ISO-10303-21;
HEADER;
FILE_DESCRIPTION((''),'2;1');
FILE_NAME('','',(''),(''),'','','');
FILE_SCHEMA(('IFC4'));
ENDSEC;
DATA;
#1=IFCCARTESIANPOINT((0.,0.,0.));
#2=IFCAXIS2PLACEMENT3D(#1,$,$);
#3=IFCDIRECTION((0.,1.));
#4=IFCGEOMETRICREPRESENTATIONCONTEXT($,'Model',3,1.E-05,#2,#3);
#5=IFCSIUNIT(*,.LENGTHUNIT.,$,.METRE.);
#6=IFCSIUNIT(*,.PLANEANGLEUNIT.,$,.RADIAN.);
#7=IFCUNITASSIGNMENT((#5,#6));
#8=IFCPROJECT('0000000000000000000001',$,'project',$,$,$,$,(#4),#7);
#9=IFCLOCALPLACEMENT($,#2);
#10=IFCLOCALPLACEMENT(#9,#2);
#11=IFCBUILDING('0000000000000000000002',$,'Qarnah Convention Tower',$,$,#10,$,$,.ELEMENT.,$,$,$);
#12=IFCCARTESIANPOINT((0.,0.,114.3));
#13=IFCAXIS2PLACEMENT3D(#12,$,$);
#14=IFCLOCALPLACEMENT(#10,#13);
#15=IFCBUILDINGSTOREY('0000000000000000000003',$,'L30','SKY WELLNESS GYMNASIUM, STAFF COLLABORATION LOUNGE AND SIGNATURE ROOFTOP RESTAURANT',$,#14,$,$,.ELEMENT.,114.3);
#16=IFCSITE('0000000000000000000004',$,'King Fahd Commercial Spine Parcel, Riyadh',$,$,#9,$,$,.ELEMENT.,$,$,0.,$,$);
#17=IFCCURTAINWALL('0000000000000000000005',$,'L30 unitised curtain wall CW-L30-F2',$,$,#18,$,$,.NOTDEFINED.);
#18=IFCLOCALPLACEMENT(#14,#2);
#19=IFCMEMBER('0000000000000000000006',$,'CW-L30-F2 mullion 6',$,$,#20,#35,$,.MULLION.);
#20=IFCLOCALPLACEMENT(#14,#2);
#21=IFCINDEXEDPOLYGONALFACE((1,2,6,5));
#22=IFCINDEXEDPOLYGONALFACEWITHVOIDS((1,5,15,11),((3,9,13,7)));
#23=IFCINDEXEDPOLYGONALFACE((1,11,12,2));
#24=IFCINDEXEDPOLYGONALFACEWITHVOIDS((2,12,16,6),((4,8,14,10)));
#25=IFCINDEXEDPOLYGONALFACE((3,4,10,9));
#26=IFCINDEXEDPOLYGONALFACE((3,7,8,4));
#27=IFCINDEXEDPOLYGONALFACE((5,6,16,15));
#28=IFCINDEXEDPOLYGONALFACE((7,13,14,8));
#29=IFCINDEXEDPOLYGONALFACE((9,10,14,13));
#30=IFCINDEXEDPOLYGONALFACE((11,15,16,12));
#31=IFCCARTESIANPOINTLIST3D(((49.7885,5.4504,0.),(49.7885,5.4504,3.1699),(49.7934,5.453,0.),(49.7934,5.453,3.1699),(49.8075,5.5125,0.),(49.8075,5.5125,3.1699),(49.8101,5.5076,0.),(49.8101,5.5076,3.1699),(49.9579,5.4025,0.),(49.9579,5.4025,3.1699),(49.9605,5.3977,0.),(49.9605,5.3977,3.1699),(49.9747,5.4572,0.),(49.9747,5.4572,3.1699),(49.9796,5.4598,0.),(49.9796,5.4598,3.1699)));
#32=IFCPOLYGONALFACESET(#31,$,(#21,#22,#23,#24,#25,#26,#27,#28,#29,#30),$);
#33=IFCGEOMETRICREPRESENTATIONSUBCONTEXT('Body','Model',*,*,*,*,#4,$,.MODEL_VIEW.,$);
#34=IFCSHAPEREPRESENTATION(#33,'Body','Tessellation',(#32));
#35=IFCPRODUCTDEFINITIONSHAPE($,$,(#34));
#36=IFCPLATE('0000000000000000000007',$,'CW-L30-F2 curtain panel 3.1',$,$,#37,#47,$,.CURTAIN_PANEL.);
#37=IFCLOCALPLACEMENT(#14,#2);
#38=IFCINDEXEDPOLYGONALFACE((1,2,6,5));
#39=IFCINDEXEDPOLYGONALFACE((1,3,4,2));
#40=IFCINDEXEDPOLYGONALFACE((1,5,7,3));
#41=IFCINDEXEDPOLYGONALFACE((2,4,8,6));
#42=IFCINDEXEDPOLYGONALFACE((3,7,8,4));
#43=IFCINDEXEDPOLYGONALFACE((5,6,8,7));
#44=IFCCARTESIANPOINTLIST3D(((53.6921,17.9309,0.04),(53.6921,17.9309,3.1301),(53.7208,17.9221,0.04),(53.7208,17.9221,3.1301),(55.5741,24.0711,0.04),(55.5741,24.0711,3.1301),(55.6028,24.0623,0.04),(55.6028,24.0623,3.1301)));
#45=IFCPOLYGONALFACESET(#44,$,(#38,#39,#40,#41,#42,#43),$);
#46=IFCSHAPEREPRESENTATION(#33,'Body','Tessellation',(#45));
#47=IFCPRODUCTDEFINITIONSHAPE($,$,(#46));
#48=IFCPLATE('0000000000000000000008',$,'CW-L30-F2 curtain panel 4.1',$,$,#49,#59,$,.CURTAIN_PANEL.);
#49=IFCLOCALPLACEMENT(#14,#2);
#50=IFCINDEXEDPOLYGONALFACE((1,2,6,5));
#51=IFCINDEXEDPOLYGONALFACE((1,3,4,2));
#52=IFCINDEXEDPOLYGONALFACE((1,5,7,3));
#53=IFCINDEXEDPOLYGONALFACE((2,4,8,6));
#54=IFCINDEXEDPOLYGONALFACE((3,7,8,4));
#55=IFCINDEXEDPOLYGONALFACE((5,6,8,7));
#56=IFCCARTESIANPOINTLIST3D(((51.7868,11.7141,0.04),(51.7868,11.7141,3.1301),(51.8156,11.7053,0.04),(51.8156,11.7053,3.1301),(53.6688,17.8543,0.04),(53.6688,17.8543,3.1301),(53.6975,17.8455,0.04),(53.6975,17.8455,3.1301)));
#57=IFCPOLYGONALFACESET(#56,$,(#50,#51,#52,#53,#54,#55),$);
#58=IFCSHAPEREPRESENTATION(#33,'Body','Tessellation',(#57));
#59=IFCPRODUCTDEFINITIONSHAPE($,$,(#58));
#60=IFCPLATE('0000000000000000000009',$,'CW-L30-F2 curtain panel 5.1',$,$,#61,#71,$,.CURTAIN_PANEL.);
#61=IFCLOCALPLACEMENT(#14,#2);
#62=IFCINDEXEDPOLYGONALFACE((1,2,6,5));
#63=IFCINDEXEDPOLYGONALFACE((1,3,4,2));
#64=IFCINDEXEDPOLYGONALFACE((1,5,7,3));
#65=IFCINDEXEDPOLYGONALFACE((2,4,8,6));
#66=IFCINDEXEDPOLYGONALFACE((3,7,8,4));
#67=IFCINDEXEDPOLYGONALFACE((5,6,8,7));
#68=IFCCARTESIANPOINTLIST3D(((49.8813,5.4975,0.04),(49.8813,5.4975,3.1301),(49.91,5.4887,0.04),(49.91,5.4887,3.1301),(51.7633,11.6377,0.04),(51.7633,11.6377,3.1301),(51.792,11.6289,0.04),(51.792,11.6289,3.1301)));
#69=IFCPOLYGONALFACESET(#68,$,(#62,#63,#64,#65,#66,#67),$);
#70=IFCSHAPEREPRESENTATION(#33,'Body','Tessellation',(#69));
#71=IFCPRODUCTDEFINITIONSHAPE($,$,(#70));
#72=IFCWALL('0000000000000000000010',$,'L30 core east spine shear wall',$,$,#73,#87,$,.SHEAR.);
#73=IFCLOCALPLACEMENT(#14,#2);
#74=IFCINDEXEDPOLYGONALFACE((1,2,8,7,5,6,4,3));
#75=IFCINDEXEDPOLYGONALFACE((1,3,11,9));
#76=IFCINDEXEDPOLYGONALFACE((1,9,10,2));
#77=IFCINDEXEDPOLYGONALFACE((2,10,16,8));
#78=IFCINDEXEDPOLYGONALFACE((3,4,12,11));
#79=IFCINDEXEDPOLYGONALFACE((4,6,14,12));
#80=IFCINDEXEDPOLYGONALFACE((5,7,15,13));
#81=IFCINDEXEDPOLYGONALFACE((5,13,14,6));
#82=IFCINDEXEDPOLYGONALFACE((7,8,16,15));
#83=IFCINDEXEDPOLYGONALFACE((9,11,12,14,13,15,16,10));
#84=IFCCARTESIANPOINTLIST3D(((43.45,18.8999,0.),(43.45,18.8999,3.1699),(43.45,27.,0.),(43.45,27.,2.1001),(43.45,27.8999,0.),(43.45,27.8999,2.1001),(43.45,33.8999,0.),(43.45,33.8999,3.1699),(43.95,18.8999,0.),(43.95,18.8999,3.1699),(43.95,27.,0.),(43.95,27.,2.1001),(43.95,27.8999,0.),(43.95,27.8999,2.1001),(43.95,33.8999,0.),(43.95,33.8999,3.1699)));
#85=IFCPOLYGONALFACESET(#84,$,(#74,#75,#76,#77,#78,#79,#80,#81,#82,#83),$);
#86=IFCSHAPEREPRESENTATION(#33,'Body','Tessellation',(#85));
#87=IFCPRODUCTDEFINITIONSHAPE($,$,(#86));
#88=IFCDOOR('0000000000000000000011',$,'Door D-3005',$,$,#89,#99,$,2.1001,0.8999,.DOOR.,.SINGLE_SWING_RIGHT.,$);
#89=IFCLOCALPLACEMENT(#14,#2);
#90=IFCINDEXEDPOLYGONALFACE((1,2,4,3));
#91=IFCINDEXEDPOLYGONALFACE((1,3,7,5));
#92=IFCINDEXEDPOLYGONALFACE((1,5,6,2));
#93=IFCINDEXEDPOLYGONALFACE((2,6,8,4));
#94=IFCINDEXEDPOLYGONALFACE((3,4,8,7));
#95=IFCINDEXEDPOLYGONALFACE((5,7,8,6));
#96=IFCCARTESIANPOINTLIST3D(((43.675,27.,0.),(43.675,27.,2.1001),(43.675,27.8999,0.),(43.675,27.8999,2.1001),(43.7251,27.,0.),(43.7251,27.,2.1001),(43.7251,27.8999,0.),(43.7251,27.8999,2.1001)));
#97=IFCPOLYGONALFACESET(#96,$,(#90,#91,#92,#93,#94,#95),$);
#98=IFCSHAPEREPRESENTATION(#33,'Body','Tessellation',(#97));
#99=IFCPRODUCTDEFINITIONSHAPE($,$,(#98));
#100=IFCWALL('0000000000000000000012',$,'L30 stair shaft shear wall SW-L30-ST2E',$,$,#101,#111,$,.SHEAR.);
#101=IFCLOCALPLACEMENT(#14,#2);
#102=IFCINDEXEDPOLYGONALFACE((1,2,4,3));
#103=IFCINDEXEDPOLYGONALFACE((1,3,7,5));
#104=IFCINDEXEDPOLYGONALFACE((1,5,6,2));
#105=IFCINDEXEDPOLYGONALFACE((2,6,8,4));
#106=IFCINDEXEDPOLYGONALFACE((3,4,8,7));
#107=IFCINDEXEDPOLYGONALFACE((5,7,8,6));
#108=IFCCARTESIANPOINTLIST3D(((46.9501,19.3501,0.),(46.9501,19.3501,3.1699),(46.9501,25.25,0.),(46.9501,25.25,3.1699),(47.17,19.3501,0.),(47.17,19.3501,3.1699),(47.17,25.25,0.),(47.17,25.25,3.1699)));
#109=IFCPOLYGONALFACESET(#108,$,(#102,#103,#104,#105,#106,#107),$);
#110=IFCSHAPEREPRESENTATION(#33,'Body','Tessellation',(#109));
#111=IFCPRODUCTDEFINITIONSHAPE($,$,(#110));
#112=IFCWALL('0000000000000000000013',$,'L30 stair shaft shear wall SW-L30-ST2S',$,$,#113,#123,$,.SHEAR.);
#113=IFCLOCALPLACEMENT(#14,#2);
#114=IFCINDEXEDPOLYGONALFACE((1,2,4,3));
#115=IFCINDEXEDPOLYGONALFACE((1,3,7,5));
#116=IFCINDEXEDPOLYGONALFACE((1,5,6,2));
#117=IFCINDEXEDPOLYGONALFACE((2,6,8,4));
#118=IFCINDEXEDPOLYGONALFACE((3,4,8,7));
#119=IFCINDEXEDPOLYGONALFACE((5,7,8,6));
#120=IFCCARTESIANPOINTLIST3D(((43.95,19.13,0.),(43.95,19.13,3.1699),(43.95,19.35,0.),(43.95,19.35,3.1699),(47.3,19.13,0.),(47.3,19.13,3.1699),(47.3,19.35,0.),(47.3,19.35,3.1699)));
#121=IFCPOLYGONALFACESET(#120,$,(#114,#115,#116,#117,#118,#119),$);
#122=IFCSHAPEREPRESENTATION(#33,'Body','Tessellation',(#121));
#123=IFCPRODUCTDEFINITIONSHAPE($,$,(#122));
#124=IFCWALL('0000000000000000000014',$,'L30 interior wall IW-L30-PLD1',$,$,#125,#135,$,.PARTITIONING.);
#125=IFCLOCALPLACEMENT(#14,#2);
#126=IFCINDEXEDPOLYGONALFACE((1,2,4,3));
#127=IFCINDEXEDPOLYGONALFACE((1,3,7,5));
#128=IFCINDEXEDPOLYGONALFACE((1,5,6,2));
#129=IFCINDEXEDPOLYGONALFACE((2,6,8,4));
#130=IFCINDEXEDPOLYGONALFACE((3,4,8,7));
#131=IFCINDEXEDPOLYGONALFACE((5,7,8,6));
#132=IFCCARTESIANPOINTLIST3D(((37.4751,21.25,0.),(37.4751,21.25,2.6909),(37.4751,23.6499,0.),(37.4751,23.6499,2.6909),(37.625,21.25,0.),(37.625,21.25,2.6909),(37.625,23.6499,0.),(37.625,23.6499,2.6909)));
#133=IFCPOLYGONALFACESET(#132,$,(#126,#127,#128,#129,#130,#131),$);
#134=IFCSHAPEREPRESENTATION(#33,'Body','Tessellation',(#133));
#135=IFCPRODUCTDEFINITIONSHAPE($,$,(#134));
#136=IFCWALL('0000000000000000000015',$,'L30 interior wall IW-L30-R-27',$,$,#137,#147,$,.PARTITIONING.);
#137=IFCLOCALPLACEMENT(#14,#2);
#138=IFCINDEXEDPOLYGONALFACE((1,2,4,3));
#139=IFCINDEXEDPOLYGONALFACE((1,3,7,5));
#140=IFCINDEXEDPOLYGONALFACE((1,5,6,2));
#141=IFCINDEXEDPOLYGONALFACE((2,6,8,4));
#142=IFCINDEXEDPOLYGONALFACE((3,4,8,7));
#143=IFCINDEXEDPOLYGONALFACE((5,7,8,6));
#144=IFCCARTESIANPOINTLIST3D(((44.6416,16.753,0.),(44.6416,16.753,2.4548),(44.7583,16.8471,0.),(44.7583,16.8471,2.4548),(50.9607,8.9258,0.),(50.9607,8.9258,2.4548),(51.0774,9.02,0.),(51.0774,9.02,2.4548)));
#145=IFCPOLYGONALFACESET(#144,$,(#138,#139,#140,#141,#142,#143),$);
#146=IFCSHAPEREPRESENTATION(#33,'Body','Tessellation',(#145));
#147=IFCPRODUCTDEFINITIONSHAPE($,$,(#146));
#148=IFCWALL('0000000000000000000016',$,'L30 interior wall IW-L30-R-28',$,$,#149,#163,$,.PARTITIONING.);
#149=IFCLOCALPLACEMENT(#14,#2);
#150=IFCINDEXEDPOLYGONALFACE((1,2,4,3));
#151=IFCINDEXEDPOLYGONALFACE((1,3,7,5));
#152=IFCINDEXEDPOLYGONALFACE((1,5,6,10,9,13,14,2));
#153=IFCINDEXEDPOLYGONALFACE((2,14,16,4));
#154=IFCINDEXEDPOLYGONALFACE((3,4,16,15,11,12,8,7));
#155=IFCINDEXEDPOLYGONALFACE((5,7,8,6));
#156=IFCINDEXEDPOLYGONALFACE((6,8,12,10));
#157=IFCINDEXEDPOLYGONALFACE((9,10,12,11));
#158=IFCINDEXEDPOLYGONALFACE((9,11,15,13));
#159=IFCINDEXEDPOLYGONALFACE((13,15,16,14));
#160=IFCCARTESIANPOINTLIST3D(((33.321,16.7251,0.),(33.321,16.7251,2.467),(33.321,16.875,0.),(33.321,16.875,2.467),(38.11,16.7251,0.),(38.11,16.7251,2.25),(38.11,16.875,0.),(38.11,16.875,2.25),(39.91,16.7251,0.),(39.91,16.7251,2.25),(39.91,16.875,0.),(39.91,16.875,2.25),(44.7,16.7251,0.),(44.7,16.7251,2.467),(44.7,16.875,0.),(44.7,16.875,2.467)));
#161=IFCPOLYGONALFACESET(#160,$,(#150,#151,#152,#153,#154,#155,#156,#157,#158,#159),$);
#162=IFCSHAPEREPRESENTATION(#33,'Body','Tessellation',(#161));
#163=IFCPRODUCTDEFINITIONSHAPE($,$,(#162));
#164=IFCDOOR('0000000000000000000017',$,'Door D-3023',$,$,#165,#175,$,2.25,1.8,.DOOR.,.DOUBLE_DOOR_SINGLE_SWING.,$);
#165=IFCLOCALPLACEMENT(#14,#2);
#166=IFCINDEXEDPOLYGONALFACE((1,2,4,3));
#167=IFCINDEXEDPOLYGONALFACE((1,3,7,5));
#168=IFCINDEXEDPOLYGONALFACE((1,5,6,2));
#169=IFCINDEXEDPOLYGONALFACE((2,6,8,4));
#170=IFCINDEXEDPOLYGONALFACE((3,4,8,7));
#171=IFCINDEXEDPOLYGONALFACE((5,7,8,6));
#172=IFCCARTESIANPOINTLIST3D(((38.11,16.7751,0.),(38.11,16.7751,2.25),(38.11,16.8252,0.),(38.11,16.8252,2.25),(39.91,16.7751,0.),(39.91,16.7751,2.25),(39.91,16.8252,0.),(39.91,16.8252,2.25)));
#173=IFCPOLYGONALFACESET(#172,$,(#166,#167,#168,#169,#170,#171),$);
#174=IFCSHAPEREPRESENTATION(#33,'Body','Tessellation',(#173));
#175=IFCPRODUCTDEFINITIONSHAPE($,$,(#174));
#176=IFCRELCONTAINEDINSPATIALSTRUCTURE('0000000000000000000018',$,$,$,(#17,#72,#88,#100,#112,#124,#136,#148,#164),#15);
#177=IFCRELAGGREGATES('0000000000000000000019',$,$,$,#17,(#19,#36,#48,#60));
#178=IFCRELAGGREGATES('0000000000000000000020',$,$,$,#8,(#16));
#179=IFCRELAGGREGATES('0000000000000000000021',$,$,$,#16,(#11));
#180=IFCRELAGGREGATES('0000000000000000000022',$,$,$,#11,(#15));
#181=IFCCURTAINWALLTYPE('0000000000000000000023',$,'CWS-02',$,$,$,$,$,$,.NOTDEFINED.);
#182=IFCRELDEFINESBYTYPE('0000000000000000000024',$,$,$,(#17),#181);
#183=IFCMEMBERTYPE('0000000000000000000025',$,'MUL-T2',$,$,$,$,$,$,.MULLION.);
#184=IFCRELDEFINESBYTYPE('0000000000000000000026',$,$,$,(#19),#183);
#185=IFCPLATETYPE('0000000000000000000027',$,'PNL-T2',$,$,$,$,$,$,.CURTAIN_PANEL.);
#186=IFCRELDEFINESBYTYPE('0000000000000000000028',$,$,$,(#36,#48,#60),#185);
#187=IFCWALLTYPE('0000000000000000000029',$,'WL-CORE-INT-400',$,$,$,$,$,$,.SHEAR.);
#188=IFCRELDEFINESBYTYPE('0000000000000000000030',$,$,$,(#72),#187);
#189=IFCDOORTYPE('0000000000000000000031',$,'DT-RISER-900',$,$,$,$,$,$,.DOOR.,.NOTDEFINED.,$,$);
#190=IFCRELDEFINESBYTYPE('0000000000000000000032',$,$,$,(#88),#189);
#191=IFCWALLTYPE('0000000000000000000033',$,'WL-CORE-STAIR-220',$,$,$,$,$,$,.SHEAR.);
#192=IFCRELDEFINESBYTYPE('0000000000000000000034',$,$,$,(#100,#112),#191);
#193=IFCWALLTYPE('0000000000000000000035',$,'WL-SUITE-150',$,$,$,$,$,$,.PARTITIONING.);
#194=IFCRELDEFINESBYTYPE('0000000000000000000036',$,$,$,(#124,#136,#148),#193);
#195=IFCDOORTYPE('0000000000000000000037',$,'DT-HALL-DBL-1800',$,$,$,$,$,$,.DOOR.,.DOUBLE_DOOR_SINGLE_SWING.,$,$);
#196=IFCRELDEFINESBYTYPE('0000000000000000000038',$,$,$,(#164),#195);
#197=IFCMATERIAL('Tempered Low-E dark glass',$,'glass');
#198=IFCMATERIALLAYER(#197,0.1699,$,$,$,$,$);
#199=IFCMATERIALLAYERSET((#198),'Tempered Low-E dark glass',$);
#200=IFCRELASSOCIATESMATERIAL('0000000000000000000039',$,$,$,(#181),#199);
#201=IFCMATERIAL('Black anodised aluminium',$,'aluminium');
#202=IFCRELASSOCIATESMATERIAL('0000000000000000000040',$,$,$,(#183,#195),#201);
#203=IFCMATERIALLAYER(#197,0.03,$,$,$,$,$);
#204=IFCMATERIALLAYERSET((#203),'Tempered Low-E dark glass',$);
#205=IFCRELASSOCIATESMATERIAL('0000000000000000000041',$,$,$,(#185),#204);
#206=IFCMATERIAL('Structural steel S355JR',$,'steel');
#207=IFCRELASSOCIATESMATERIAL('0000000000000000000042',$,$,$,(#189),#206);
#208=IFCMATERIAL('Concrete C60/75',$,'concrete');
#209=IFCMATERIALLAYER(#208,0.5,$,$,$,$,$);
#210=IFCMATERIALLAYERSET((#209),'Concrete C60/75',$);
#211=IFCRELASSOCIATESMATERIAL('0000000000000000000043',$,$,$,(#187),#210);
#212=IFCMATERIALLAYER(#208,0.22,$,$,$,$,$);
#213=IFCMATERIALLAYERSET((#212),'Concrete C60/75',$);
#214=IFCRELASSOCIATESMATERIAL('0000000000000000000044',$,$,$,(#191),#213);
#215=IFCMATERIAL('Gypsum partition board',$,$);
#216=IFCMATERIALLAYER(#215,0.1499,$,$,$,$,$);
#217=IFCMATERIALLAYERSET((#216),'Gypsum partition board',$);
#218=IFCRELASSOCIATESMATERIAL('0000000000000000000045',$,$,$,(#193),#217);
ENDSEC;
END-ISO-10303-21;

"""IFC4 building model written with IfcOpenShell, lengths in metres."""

from ifc_helpers import new_model, si_unit, direction, frame, frame_2d, origin, origin_2d, place, context, subcontext, project, spatial, rectangle, hollow_rectangle, extrude, material, layer, layer_set, material_profile, profile_set, type_object, element, fill, aggregate, save


model = new_model("IFC4")

# Units and contexts
model_context = context("Model", 3, precision=1e-05, world=origin(), true_north=direction((0.0, 1.0)))
body_context = subcontext(model_context, "Body", "Model", "MODEL_VIEW")
ifc_project = project(units=[si_unit("LENGTHUNIT", "METRE"), si_unit("PLANEANGLEUNIT", "RADIAN")], contexts=[model_context])

# Site, building, storey
site_placement = place(None, origin())
site = spatial("IfcSite", under=ifc_project, at=site_placement, Name="King Fahd Commercial Spine Parcel, Riyadh", CompositionType="ELEMENT", RefElevation=0.0)
building_placement = place(site_placement, origin())
building = spatial("IfcBuilding", under=site, at=building_placement, Name="Qarnah Convention Tower", CompositionType="ELEMENT")
storey_placement = place(building_placement, frame((0.0, 0.0, 114.3)))
storey = spatial("IfcBuildingStorey", under=building, at=storey_placement, Name="L30", Description="SKY WELLNESS GYMNASIUM, STAFF COLLABORATION LOUNGE AND SIGNATURE ROOFTOP RESTAURANT", CompositionType="ELEMENT", Elevation=114.3)

# Shared definitions
ifc_material_1 = material(Name="Concrete C60/75", Category="concrete")

# Shared definitions
ifc_material_2 = material(Name="Structural steel S355JR", Category="steel")

# Curtain wall, member, plates
ifc_material_3 = material(Name="Tempered Low-E dark glass", Category="glass")
ifc_layer_1 = layer(ifc_material_3, 0.1699)
ifc_layer_set_1 = layer_set([ifc_layer_1], Name="Tempered Low-E dark glass")
curtain_wall_type = type_object("IfcCurtainWallType", Name="CWS-02", PredefinedType="NOTDEFINED", material=ifc_layer_set_1)
curtain_wall_placement = place(storey_placement, origin())
curtain_wall = element("IfcCurtainWall", 1, at=curtain_wall_placement, inside=storey, type_object=curtain_wall_type, Name="L30 unitised curtain wall CW-L30-F2", PredefinedType="NOTDEFINED")
ifc_material_4 = material(Name="Black anodised aluminium", Category="aluminium")
ifc_material_profile_1 = material_profile(ifc_material_4, hollow_rectangle(XDim=0.0649, YDim=0.1799, WallThickness=0.0039, at=origin_2d()), Name="MUL-65X180")
ifc_profile_set_1 = profile_set([ifc_material_profile_1], Name="Black anodised aluminium")
member_type = type_object("IfcMemberType", Name="MUL-T2", PredefinedType="MULLION", material=ifc_profile_set_1)
member_1_placement = place(storey_placement, frame((49.884, 5.4551, 0.0), z_axis=(0.0, 0.0, 1.0), x_axis=(-0.293046, -0.956098, 0.0)))
member_1 = element("IfcMember", 2, at=member_1_placement, type_object=member_type, Name="CW-L30-F2 mullion 6", PredefinedType="MULLION", context=body_context, shape_type="SweptSolid", body=[
    extrude(hollow_rectangle(XDim=0.0649, YDim=0.1799, WallThickness=0.0039, at=origin_2d()), origin(), (0.0, 0.0, 1.0), 3.1699),
])
ifc_layer_2 = layer(ifc_material_3, 0.03)
ifc_layer_set_2 = layer_set([ifc_layer_2], Name="Tempered Low-E dark glass")
plate_type = type_object("IfcPlateType", Name="PNL-T2", PredefinedType="CURTAIN_PANEL", material=ifc_layer_set_2)
plate_1_placement = place(storey_placement, frame((54.6475, 20.9966, 0.04), z_axis=(0.0, 0.0, 1.0), x_axis=(-0.293046, -0.956098, 0.0)))
plate_1 = element("IfcPlate", 3, at=plate_1_placement, type_object=plate_type, Name="CW-L30-F2 curtain panel 3.1", PredefinedType="CURTAIN_PANEL", context=body_context, shape_type="SweptSolid", body=[
    extrude(rectangle(XDim=6.4221, YDim=0.03, at=origin_2d()), origin(), (0.0, 0.0, 1.0), 3.0901),
])
plate_2_placement = place(storey_placement, frame((52.7422, 14.7798, 0.04), z_axis=(0.0, 0.0, 1.0), x_axis=(-0.293046, -0.956098, 0.0)))
plate_2 = element("IfcPlate", 4, at=plate_2_placement, type_object=plate_type, Name="CW-L30-F2 curtain panel 4.1", PredefinedType="CURTAIN_PANEL", context=body_context, shape_type="SweptSolid", body=[
    extrude(rectangle(XDim=6.4221, YDim=0.03, at=origin_2d()), origin(), (0.0, 0.0, 1.0), 3.0901),
])
plate_3_placement = place(storey_placement, frame((50.8367, 8.5632, 0.04), z_axis=(0.0, 0.0, 1.0), x_axis=(-0.293046, -0.956098, 0.0)))
plate_3 = element("IfcPlate", 5, at=plate_3_placement, type_object=plate_type, Name="CW-L30-F2 curtain panel 5.1", PredefinedType="CURTAIN_PANEL", context=body_context, shape_type="SweptSolid", body=[
    extrude(rectangle(XDim=6.4221, YDim=0.03, at=origin_2d()), origin(), (0.0, 0.0, 1.0), 3.0901),
])
aggregate(curtain_wall, [member_1, plate_1, plate_2, plate_3])

# Shared definitions
door_type_1 = type_object("IfcDoorType", Name="DT-RISER-900", OperationType="NOTDEFINED", PredefinedType="DOOR", material=ifc_material_2)

# Wall, opening, door
ifc_layer_3 = layer(ifc_material_1, 0.5)
ifc_layer_set_3 = layer_set([ifc_layer_3], Name="Concrete C60/75")
wall_type_1 = type_object("IfcWallType", Name="WL-CORE-INT-400", PredefinedType="SHEAR", material=ifc_layer_set_3)
wall_1_placement = place(storey_placement, frame((43.7, 18.8999, 0.0), z_axis=(0.0, 0.0, 1.0), x_axis=(0.0, 1.0, 0.0)))
wall_1 = element("IfcWall", 6, at=wall_1_placement, inside=storey, type_object=wall_type_1, Name="L30 core east spine shear wall", PredefinedType="SHEAR", context=body_context, shape_type="SweptSolid", body=[
    extrude(rectangle(XDim=15.0, YDim=0.5, at=frame_2d((7.5, 0.0))), origin(), (0.0, 0.0, 1.0), 3.1699),
])
opening_1_placement = place(wall_1_placement, frame((8.1001, 0.0, 0.0)))
opening_1 = element("IfcOpeningElement", 7, at=opening_1_placement, cuts=wall_1, PredefinedType="OPENING", context=body_context, shape_type="SweptSolid", body=[
    extrude(rectangle(XDim=0.8999, YDim=2.1001, at=frame_2d((0.45, 1.05))), frame((0.0, 0.26, 0.0), z_axis=(0.0, -1.0, 0.0), x_axis=(1.0, 0.0, 0.0)), (0.0, 0.0, 1.0), 0.52),
])
door_1_placement = place(opening_1_placement, origin())
door_1 = element("IfcDoor", 8, at=door_1_placement, inside=storey, type_object=door_type_1, Name="Door D-3005", OperationType="SINGLE_SWING_RIGHT", OverallHeight=2.1001, OverallWidth=0.8999, PredefinedType="DOOR", context=body_context, shape_type="SweptSolid", body=[
    extrude(rectangle(XDim=0.8999, YDim=2.1001, at=frame_2d((0.45, 1.05))), frame((0.0, 0.0249, 0.0), z_axis=(0.0, -1.0, 0.0), x_axis=(1.0, 0.0, 0.0)), (0.0, 0.0, 1.0), 0.05),
])
fill(opening_1, door_1)

# Walls
ifc_layer_4 = layer(ifc_material_1, 0.22)
ifc_layer_set_4 = layer_set([ifc_layer_4], Name="Concrete C60/75")
wall_type_2 = type_object("IfcWallType", Name="WL-CORE-STAIR-220", PredefinedType="SHEAR", material=ifc_layer_set_4)
wall_2_placement = place(storey_placement, frame((47.0601, 19.3501, 0.0), z_axis=(0.0, 0.0, 1.0), x_axis=(0.0, 1.0, 0.0)))
element("IfcWall", 9, at=wall_2_placement, inside=storey, type_object=wall_type_2, Name="L30 stair shaft shear wall SW-L30-ST2E", PredefinedType="SHEAR", context=body_context, shape_type="SweptSolid", body=[
    extrude(rectangle(XDim=5.8999, YDim=0.22, at=frame_2d((2.95, 0.0))), origin(), (0.0, 0.0, 1.0), 3.1699),
])
wall_3_placement = place(storey_placement, frame((43.95, 19.24, 0.0), z_axis=(0.0, 0.0, 1.0), x_axis=(1.0, 0.0, 0.0)))
element("IfcWall", 10, at=wall_3_placement, inside=storey, type_object=wall_type_2, Name="L30 stair shaft shear wall SW-L30-ST2S", PredefinedType="SHEAR", context=body_context, shape_type="SweptSolid", body=[
    extrude(rectangle(XDim=3.3501, YDim=0.22, at=frame_2d((1.675, 0.0))), origin(), (0.0, 0.0, 1.0), 3.1699),
])

# Walls
ifc_material_5 = material(Name="Gypsum partition board")
ifc_layer_5 = layer(ifc_material_5, 0.1499)
ifc_layer_set_5 = layer_set([ifc_layer_5], Name="Gypsum partition board")
wall_type_3 = type_object("IfcWallType", Name="WL-SUITE-150", PredefinedType="PARTITIONING", material=ifc_layer_set_5)
wall_4_placement = place(storey_placement, frame((37.55, 21.25, 0.0), z_axis=(0.0, 0.0, 1.0), x_axis=(0.0, 1.0, 0.0)))
element("IfcWall", 11, at=wall_4_placement, inside=storey, type_object=wall_type_3, Name="L30 interior wall IW-L30-PLD1", PredefinedType="PARTITIONING", context=body_context, shape_type="SweptSolid", body=[
    extrude(rectangle(XDim=2.3999, YDim=0.1499, at=frame_2d((1.2, 0.0))), origin(), (0.0, 0.0, 1.0), 2.6909),
])
wall_5_placement = place(storey_placement, frame((51.019, 8.9729, 0.0), z_axis=(0.0, 0.0, 1.0), x_axis=(-0.628166, 0.778079, 0.0)))
element("IfcWall", 12, at=wall_5_placement, inside=storey, type_object=wall_type_3, Name="L30 interior wall IW-L30-R-27", PredefinedType="PARTITIONING", context=body_context, shape_type="SweptSolid", body=[
    extrude(rectangle(XDim=10.0596, YDim=0.1499, at=frame_2d((5.0298, 0.0))), origin(), (0.0, 0.0, 1.0), 2.4548),
])

# Wall, opening, door
wall_6_placement = place(storey_placement, frame((44.7, 16.8, 0.0), z_axis=(0.0, 0.0, 1.0), x_axis=(-1.0, 0.0, 0.0)))
wall_6 = element("IfcWall", 13, at=wall_6_placement, inside=storey, type_object=wall_type_3, Name="L30 interior wall IW-L30-R-28", PredefinedType="PARTITIONING", context=body_context, shape_type="SweptSolid", body=[
    extrude(rectangle(XDim=11.3789, YDim=0.1499, at=frame_2d((5.6895, 0.0))), origin(), (0.0, 0.0, 1.0), 2.467),
])
opening_2_placement = place(wall_6_placement, frame((4.79, 0.0, 0.0)))
opening_2 = element("IfcOpeningElement", 14, at=opening_2_placement, cuts=wall_6, PredefinedType="OPENING", context=body_context, shape_type="SweptSolid", body=[
    extrude(rectangle(XDim=1.8, YDim=2.25, at=frame_2d((0.8999, 1.125))), frame((0.0, 0.085, 0.0), z_axis=(0.0, -1.0, 0.0), x_axis=(1.0, 0.0, 0.0)), (0.0, 0.0, 1.0), 0.1699),
])
door_type_2 = type_object("IfcDoorType", Name="DT-HALL-DBL-1800", OperationType="DOUBLE_DOOR_SINGLE_SWING", PredefinedType="DOOR", material=ifc_material_4)
door_2_placement = place(opening_2_placement, origin())
door_2 = element("IfcDoor", 15, at=door_2_placement, inside=storey, type_object=door_type_2, Name="Door D-3023", OperationType="DOUBLE_DOOR_SINGLE_SWING", OverallHeight=2.25, OverallWidth=1.8, PredefinedType="DOOR", context=body_context, shape_type="SweptSolid", body=[
    extrude(rectangle(XDim=1.8, YDim=2.25, at=frame_2d((0.8999, 1.125))), frame((0.0, 0.0249, 0.0), z_axis=(0.0, -1.0, 0.0), x_axis=(1.0, 0.0, 0.0)), (0.0, 0.0, 1.0), 0.05),
])
fill(opening_2, door_2)

save(model, "model.ifc")
